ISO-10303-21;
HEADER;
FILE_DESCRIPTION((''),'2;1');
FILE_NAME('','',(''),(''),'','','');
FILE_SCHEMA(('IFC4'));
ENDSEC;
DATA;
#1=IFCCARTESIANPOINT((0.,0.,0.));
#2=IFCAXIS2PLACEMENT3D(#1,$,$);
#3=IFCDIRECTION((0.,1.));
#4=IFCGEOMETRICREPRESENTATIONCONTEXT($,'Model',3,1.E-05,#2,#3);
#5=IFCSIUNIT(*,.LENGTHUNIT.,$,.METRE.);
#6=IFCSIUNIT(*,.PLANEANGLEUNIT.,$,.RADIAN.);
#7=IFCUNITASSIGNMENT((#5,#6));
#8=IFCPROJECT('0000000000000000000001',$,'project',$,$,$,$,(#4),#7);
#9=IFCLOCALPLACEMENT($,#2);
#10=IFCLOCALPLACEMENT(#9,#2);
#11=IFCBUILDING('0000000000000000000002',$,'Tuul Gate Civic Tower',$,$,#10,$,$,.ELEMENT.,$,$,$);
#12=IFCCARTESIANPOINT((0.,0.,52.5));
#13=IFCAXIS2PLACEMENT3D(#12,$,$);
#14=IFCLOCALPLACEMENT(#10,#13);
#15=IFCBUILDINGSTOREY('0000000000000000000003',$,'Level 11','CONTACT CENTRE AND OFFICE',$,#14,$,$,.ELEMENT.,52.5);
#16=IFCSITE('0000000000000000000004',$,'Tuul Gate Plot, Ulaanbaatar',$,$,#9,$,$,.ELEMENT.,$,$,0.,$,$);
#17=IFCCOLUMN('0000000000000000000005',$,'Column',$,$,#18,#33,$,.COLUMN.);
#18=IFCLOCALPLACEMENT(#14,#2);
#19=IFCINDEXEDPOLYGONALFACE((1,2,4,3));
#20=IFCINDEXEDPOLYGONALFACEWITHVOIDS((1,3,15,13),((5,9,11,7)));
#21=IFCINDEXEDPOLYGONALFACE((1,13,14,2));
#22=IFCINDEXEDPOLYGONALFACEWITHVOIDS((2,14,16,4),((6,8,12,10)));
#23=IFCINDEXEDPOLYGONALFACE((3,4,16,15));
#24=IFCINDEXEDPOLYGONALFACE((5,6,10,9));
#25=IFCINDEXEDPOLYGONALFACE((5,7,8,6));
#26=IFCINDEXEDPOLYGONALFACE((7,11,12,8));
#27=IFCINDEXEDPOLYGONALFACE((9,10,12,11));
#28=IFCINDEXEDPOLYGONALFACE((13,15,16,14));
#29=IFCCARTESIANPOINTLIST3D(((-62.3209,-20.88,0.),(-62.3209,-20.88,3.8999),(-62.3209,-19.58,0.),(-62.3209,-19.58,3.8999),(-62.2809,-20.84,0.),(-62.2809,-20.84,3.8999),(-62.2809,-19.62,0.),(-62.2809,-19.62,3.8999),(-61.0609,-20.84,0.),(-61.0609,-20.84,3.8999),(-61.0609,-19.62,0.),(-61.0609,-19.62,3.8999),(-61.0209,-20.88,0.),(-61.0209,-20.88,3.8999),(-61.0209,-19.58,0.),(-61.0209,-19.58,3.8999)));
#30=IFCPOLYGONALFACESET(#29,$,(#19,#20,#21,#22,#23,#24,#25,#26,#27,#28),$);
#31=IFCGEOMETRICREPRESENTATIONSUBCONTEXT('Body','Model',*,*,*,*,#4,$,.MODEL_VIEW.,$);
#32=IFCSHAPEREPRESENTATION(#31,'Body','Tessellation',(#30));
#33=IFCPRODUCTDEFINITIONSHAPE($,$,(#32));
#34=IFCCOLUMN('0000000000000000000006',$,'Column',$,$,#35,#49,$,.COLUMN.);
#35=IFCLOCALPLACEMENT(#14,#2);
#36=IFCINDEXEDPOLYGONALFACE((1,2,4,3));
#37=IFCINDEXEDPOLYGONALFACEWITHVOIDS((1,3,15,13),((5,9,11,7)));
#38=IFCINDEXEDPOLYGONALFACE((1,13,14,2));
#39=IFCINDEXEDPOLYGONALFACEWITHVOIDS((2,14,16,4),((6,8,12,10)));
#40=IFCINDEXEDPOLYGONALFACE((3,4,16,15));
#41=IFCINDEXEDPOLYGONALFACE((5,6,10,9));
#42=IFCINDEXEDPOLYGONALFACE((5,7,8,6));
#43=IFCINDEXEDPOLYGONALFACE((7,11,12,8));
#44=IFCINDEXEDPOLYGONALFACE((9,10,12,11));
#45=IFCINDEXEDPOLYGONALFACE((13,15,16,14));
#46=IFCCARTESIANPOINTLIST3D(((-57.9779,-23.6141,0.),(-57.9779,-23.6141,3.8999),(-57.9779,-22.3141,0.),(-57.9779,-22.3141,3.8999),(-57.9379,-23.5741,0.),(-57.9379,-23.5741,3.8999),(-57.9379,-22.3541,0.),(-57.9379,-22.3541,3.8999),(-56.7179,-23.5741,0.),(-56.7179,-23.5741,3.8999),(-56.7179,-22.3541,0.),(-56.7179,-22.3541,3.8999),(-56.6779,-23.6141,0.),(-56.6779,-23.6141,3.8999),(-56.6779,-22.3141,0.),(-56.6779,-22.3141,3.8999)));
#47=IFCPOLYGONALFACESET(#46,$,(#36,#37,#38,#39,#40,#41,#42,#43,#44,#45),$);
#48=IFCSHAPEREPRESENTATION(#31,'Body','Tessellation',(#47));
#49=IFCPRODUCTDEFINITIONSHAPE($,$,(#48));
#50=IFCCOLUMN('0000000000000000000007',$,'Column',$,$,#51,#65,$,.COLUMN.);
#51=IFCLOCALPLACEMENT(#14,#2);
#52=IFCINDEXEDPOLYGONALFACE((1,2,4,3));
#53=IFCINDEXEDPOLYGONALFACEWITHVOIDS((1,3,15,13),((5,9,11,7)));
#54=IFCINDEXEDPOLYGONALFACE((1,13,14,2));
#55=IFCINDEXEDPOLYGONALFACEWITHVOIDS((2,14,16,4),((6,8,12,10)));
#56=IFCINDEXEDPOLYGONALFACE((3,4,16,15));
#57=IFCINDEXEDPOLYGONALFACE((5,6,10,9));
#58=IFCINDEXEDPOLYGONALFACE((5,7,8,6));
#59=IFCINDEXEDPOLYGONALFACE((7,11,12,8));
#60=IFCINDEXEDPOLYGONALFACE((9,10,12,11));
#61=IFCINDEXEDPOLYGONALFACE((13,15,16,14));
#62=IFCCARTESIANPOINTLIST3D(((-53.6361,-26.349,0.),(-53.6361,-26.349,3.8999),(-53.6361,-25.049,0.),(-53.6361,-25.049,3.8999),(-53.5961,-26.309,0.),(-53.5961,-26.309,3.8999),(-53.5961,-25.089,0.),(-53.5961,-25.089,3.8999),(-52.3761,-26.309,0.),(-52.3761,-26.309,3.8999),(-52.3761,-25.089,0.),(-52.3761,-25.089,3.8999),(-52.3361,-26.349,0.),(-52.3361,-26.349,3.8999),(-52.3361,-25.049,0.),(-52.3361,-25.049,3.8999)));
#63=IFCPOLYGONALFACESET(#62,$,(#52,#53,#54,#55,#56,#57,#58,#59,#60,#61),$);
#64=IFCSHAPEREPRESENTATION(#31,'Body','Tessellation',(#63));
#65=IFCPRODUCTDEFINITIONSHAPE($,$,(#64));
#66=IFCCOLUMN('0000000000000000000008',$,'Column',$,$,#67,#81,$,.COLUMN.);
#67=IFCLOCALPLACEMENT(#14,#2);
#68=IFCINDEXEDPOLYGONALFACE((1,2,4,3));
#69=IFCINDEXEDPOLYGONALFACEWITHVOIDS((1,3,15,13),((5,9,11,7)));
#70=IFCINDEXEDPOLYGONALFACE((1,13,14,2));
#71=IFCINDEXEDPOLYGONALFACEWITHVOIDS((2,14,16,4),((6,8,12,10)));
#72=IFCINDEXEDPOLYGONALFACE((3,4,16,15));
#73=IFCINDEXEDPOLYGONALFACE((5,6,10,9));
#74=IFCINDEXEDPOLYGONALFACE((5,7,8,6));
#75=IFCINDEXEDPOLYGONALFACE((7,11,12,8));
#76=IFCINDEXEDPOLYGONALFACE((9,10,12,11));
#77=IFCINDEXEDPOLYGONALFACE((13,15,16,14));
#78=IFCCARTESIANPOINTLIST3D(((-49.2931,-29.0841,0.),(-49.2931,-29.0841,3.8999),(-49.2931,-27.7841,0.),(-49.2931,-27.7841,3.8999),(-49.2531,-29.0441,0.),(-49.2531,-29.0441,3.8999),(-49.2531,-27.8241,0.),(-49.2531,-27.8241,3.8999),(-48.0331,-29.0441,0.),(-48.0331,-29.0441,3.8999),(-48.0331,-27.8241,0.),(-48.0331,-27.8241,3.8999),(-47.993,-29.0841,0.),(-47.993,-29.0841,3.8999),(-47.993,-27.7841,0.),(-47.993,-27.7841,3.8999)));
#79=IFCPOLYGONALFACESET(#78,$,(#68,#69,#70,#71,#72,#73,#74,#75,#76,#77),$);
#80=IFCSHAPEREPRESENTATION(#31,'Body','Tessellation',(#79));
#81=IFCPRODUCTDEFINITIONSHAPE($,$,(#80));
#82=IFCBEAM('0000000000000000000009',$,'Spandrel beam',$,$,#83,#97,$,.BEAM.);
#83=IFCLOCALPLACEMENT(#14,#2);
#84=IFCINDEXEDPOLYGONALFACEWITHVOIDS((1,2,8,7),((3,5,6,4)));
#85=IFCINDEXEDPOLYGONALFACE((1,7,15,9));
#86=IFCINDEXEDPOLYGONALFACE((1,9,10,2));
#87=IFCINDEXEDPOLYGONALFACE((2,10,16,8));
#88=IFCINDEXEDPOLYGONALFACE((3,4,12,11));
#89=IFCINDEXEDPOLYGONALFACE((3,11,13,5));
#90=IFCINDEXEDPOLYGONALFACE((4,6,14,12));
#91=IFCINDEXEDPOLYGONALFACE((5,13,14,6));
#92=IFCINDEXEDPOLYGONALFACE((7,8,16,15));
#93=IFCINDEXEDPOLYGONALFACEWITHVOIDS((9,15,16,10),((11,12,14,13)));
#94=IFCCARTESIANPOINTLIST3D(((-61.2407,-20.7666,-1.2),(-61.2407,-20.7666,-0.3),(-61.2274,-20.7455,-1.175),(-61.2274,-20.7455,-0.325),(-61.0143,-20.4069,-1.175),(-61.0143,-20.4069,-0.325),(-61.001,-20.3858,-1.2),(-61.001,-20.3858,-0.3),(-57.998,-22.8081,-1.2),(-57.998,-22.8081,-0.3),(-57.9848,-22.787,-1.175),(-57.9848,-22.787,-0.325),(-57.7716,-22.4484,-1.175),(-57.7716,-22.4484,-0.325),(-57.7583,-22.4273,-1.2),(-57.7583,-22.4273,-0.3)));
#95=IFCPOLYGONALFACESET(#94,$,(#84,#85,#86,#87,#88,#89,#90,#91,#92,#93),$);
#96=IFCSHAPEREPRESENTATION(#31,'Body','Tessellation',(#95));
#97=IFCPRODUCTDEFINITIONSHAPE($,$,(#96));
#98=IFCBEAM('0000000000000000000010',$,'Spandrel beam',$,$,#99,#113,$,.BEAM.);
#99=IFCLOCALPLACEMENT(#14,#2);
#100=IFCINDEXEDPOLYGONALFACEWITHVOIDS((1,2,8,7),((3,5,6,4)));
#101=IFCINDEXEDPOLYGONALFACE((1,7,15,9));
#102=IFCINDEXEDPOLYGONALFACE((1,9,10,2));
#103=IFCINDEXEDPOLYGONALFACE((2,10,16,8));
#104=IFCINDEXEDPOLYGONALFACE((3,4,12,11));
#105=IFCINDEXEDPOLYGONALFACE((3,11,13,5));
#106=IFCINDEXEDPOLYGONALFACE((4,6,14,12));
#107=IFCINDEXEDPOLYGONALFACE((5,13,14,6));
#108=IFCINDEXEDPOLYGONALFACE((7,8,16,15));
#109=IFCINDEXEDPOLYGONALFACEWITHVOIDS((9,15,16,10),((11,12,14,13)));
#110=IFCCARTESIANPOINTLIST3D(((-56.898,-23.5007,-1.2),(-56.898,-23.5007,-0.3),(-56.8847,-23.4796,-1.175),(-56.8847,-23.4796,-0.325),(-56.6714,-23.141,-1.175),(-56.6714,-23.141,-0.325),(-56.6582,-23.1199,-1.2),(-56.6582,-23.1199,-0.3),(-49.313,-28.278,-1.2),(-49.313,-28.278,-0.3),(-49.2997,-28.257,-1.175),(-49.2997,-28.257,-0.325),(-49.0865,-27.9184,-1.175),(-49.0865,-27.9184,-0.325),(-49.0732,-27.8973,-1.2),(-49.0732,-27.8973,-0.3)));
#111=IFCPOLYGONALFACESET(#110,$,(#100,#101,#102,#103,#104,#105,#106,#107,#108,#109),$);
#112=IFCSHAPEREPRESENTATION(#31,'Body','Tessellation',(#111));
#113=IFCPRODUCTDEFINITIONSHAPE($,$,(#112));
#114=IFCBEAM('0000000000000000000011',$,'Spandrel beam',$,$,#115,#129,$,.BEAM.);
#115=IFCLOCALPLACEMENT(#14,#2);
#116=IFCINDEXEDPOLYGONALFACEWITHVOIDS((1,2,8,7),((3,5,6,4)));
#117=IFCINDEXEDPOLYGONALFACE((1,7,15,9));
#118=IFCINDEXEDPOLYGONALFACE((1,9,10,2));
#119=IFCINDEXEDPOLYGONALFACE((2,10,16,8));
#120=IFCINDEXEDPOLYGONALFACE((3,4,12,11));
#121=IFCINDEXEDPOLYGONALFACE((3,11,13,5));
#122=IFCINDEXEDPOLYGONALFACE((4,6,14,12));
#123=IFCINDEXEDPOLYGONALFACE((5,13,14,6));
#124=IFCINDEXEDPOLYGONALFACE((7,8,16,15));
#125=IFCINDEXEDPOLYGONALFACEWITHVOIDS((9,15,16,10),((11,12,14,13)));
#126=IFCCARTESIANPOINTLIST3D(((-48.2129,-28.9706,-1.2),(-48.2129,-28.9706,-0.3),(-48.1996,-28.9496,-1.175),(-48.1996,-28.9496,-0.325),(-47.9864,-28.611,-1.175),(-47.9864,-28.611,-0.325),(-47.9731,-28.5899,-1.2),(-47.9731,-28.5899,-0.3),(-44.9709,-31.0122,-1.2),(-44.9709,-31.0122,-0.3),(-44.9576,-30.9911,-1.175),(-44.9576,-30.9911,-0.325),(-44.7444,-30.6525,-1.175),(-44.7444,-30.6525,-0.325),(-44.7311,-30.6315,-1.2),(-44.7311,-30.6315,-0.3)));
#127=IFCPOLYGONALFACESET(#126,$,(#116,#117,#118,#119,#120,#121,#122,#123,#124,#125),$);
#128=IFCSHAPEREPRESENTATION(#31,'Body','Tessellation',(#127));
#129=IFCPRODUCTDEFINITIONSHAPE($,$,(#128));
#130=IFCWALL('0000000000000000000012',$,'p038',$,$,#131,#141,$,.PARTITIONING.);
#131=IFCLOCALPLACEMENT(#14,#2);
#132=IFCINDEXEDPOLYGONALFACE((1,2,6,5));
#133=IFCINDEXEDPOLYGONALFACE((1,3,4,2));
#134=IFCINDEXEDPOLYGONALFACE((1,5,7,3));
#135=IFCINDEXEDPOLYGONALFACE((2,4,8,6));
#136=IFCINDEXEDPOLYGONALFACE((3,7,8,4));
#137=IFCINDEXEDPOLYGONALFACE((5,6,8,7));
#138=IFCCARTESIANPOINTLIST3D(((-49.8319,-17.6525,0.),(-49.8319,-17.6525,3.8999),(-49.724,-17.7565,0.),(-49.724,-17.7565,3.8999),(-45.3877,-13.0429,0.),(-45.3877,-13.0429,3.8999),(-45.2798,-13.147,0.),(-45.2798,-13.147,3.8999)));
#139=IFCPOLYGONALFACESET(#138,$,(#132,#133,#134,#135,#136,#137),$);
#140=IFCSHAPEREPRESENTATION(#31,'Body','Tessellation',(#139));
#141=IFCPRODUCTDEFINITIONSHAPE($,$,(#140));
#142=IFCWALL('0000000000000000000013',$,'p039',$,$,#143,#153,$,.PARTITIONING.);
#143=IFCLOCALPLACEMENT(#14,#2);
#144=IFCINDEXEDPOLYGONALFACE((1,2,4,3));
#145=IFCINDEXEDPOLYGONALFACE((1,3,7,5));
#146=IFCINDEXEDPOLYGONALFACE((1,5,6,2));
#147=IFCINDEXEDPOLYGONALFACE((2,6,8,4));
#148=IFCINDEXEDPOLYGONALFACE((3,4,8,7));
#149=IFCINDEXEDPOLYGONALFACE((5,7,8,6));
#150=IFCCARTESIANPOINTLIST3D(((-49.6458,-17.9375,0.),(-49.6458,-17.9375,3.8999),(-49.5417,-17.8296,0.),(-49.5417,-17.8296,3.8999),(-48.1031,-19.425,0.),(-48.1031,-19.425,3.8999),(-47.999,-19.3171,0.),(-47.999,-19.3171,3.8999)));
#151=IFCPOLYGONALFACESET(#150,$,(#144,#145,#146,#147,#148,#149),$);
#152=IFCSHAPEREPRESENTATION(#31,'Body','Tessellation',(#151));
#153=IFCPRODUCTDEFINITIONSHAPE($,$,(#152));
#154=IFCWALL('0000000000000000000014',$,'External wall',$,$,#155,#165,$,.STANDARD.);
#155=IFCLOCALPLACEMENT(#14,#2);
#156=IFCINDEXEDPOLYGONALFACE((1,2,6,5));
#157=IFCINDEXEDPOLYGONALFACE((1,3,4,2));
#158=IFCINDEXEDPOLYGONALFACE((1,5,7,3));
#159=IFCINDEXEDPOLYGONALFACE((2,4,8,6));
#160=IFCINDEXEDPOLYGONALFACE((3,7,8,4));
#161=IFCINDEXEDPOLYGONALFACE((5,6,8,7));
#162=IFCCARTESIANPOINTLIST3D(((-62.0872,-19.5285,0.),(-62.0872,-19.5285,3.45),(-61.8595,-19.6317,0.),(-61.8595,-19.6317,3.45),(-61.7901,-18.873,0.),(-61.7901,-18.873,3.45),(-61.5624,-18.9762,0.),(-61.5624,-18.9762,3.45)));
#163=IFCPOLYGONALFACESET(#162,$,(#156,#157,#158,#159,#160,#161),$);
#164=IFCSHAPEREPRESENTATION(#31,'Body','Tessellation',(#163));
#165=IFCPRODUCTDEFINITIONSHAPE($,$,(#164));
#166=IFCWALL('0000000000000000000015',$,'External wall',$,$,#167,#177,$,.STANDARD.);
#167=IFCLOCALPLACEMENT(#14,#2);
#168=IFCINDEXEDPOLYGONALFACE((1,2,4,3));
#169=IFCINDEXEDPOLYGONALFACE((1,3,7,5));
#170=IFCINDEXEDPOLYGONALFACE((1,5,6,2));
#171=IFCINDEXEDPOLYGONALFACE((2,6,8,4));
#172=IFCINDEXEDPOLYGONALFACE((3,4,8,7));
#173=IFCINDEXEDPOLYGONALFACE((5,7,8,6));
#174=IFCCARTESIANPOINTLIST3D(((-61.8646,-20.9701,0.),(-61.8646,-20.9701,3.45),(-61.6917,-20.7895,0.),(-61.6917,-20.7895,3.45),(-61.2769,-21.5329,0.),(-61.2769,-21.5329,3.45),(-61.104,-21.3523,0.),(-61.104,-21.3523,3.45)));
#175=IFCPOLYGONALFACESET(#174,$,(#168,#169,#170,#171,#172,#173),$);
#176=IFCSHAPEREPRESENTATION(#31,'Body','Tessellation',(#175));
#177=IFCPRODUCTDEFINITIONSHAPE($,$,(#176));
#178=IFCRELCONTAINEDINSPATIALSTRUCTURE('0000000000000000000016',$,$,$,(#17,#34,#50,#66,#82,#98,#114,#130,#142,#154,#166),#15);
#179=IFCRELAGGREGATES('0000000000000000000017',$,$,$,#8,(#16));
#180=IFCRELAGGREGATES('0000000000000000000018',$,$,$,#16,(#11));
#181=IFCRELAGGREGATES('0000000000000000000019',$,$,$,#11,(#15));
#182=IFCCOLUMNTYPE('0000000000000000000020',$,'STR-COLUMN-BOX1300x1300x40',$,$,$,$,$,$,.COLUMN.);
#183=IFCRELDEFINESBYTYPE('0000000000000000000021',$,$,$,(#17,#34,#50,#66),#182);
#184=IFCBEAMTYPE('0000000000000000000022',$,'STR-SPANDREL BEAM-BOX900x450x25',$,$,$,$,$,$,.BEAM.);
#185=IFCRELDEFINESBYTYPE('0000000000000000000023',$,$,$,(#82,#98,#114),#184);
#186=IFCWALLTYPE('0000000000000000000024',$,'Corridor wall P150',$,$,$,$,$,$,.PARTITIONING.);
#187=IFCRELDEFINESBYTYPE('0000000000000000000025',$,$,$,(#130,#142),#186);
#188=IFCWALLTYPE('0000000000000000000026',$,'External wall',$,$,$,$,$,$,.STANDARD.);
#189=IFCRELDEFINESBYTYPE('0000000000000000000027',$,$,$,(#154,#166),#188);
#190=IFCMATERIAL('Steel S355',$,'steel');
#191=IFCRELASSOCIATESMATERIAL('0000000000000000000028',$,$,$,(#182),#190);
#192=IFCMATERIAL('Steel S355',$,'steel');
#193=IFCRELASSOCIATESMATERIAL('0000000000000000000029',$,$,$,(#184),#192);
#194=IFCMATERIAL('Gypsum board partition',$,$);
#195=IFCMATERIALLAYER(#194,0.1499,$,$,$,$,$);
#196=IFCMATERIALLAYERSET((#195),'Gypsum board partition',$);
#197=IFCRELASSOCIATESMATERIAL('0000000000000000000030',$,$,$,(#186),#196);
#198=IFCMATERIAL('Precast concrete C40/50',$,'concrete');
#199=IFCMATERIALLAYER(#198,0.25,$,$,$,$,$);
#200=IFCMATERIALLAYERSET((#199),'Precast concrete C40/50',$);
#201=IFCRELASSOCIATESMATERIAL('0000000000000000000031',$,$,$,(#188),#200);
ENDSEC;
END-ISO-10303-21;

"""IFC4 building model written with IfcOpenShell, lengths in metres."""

from ifc_helpers import new_model, si_unit, direction, frame, frame_2d, origin, origin_2d, place, context, subcontext, project, spatial, rectangle, hollow_rectangle, extrude, material, layer, layer_set, material_profile, profile_set, type_object, element, save


model = new_model("IFC4")

# Units and contexts
model_context = context("Model", 3, precision=1e-05, world=origin(), true_north=direction((0.0, 1.0)))
body_context = subcontext(model_context, "Body", "Model", "MODEL_VIEW")
ifc_project = project(units=[si_unit("LENGTHUNIT", "METRE"), si_unit("PLANEANGLEUNIT", "RADIAN")], contexts=[model_context])

# Site, building, storey
site_placement = place(None, origin())
site = spatial("IfcSite", under=ifc_project, at=site_placement, Name="Tuul Gate Plot, Ulaanbaatar", CompositionType="ELEMENT", RefElevation=0.0)
building_placement = place(site_placement, origin())
building = spatial("IfcBuilding", under=site, at=building_placement, Name="Tuul Gate Civic Tower", CompositionType="ELEMENT")
storey_placement = place(building_placement, frame((0.0, 0.0, 52.5)))
storey = spatial("IfcBuildingStorey", under=building, at=storey_placement, Name="Level 11", Description="CONTACT CENTRE AND OFFICE", CompositionType="ELEMENT", Elevation=52.5)

# Columns
ifc_material_1 = material(Name="Steel S355", Category="steel")
ifc_material_profile_1 = material_profile(ifc_material_1, hollow_rectangle(XDim=1.3, YDim=1.3, WallThickness=0.04, at=origin_2d()), Name="BOX1300x1300x40")
ifc_profile_set_1 = profile_set([ifc_material_profile_1], Name="Steel S355")
column_type = type_object("IfcColumnType", Name="STR-COLUMN-BOX1300x1300x40", PredefinedType="COLUMN", material=ifc_profile_set_1)
for number, where, z_axis, x_axis, name in (
    (1, (-61.6709, -20.23, 0.0), (0.0, 0.0, 1.0), (1.0, 0.0, 0.0), "Column"),
    (2, (-57.3279, -22.9641, 0.0), (0.0, 0.0, 1.0), (1.0, 0.0, 0.0), "Column"),
    (3, (-52.9861, -25.699, 0.0), (0.0, 0.0, 1.0), (1.0, 0.0, 0.0), "Column"),
    (4, (-48.6431, -28.4341, 0.0), (0.0, 0.0, 1.0), (1.0, 0.0, 0.0), "Column"),
):
    element("IfcColumn", number, at=place(storey_placement, frame(where, z_axis=z_axis, x_axis=x_axis)), inside=storey, type_object=column_type, Name=name, PredefinedType="COLUMN", context=body_context, shape_type="SweptSolid", body=[
        extrude(hollow_rectangle(XDim=1.3, YDim=1.3, WallThickness=0.04, at=origin_2d()), origin(), (0.0, 0.0, 1.0), 3.8999),
    ])

# Beams
ifc_material_2 = material(Name="Steel S355", Category="steel")
ifc_material_profile_2 = material_profile(ifc_material_2, hollow_rectangle(XDim=0.45, YDim=0.8999, WallThickness=0.0249, at=origin_2d()), Name="BOX900x450x25")
ifc_profile_set_2 = profile_set([ifc_material_profile_2], Name="Steel S355")
beam_type = type_object("IfcBeamType", Name="STR-SPANDREL BEAM-BOX900x450x25", PredefinedType="BEAM", material=ifc_profile_set_2)
beam_1_placement = place(storey_placement, frame((-61.1208, -20.5762, -0.75), z_axis=(0.846254, -0.532779, 0.0), x_axis=(0.532779, 0.846254, 0.0)))
element("IfcBeam", 5, at=beam_1_placement, inside=storey, type_object=beam_type, Name="Spandrel beam", PredefinedType="BEAM", context=body_context, shape_type="SweptSolid", body=[
    extrude(hollow_rectangle(XDim=0.45, YDim=0.8999, WallThickness=0.0249, at=origin_2d()), origin(), (0.0, 0.0, 1.0), 3.8318),
])
beam_2_placement = place(storey_placement, frame((-56.7781, -23.3103, -0.75), z_axis=(0.846151, -0.532943, 0.0), x_axis=(0.532943, 0.846151, 0.0)))
element("IfcBeam", 6, at=beam_2_placement, inside=storey, type_object=beam_type, Name="Spandrel beam", PredefinedType="BEAM", context=body_context, shape_type="SweptSolid", body=[
    extrude(hollow_rectangle(XDim=0.45, YDim=0.8999, WallThickness=0.0249, at=origin_2d()), origin(), (0.0, 0.0, 1.0), 8.9641),
])
beam_3_placement = place(storey_placement, frame((-48.093, -28.7803, -0.75), z_axis=(0.8462, -0.532866, 0.0), x_axis=(0.532866, 0.8462, 0.0)))
element("IfcBeam", 7, at=beam_3_placement, inside=storey, type_object=beam_type, Name="Spandrel beam", PredefinedType="BEAM", context=body_context, shape_type="SweptSolid", body=[
    extrude(hollow_rectangle(XDim=0.45, YDim=0.8999, WallThickness=0.0249, at=origin_2d()), origin(), (0.0, 0.0, 1.0), 3.8313),
])

# Walls
ifc_material_3 = material(Name="Gypsum board partition")
ifc_layer_1 = layer(ifc_material_3, 0.1499)
ifc_layer_set_1 = layer_set([ifc_layer_1], Name="Gypsum board partition")
wall_type_1 = type_object("IfcWallType", Name="Corridor wall P150", PredefinedType="PARTITIONING", material=ifc_layer_set_1)
wall_1_placement = place(storey_placement, frame((-49.7781, -17.7046, 0.0), z_axis=(0.0, 0.0, 1.0), x_axis=(0.694083, 0.719895, 0.0)))
element("IfcWall", 8, at=wall_1_placement, inside=storey, type_object=wall_type_1, Name="p038", PredefinedType="PARTITIONING", context=body_context, shape_type="SweptSolid", body=[
    extrude(rectangle(XDim=6.4031, YDim=0.1499, at=frame_2d((3.2017, 0.0))), origin(), (0.0, 0.0, 1.0), 3.8999),
])
wall_2_placement = place(storey_placement, frame((-49.5938, -17.8835, 0.0), z_axis=(0.0, 0.0, 1.0), x_axis=(0.719863, -0.694117, 0.0)))
element("IfcWall", 9, at=wall_2_placement, inside=storey, type_object=wall_type_1, Name="p039", PredefinedType="PARTITIONING", context=body_context, shape_type="SweptSolid", body=[
    extrude(rectangle(XDim=2.1431, YDim=0.1499, at=frame_2d((1.0715, 0.0))), origin(), (0.0, 0.0, 1.0), 3.8999),
])
ifc_material_4 = material(Name="Precast concrete C40/50", Category="concrete")
ifc_layer_2 = layer(ifc_material_4, 0.25)
ifc_layer_set_2 = layer_set([ifc_layer_2], Name="Precast concrete C40/50")
wall_type_2 = type_object("IfcWallType", Name="External wall", PredefinedType="STANDARD", material=ifc_layer_set_2)
wall_3_placement = place(storey_placement, frame((-61.6763, -18.9246, 0.0), z_axis=(0.0, 0.0, 1.0), x_axis=(-0.412832, -0.910807, 0.0)))
element("IfcWall", 10, at=wall_3_placement, inside=storey, type_object=wall_type_2, Name="External wall", PredefinedType="STANDARD", context=body_context, shape_type="SweptSolid", body=[
    extrude(rectangle(XDim=0.7197, YDim=0.25, at=frame_2d((0.3599, 0.0))), origin(), (0.0, 0.0, 1.0), 3.45),
])
wall_4_placement = place(storey_placement, frame((-61.7781, -20.8799, 0.0), z_axis=(0.0, 0.0, 1.0), x_axis=(0.722244, -0.691638, 0.0)))
element("IfcWall", 11, at=wall_4_placement, inside=storey, type_object=wall_type_2, Name="External wall", PredefinedType="STANDARD", context=body_context, shape_type="SweptSolid", body=[
    extrude(rectangle(XDim=0.8137, YDim=0.25, at=frame_2d((0.4067, 0.0))), origin(), (0.0, 0.0, 1.0), 3.45),
])

save(model, "model.ifc")
